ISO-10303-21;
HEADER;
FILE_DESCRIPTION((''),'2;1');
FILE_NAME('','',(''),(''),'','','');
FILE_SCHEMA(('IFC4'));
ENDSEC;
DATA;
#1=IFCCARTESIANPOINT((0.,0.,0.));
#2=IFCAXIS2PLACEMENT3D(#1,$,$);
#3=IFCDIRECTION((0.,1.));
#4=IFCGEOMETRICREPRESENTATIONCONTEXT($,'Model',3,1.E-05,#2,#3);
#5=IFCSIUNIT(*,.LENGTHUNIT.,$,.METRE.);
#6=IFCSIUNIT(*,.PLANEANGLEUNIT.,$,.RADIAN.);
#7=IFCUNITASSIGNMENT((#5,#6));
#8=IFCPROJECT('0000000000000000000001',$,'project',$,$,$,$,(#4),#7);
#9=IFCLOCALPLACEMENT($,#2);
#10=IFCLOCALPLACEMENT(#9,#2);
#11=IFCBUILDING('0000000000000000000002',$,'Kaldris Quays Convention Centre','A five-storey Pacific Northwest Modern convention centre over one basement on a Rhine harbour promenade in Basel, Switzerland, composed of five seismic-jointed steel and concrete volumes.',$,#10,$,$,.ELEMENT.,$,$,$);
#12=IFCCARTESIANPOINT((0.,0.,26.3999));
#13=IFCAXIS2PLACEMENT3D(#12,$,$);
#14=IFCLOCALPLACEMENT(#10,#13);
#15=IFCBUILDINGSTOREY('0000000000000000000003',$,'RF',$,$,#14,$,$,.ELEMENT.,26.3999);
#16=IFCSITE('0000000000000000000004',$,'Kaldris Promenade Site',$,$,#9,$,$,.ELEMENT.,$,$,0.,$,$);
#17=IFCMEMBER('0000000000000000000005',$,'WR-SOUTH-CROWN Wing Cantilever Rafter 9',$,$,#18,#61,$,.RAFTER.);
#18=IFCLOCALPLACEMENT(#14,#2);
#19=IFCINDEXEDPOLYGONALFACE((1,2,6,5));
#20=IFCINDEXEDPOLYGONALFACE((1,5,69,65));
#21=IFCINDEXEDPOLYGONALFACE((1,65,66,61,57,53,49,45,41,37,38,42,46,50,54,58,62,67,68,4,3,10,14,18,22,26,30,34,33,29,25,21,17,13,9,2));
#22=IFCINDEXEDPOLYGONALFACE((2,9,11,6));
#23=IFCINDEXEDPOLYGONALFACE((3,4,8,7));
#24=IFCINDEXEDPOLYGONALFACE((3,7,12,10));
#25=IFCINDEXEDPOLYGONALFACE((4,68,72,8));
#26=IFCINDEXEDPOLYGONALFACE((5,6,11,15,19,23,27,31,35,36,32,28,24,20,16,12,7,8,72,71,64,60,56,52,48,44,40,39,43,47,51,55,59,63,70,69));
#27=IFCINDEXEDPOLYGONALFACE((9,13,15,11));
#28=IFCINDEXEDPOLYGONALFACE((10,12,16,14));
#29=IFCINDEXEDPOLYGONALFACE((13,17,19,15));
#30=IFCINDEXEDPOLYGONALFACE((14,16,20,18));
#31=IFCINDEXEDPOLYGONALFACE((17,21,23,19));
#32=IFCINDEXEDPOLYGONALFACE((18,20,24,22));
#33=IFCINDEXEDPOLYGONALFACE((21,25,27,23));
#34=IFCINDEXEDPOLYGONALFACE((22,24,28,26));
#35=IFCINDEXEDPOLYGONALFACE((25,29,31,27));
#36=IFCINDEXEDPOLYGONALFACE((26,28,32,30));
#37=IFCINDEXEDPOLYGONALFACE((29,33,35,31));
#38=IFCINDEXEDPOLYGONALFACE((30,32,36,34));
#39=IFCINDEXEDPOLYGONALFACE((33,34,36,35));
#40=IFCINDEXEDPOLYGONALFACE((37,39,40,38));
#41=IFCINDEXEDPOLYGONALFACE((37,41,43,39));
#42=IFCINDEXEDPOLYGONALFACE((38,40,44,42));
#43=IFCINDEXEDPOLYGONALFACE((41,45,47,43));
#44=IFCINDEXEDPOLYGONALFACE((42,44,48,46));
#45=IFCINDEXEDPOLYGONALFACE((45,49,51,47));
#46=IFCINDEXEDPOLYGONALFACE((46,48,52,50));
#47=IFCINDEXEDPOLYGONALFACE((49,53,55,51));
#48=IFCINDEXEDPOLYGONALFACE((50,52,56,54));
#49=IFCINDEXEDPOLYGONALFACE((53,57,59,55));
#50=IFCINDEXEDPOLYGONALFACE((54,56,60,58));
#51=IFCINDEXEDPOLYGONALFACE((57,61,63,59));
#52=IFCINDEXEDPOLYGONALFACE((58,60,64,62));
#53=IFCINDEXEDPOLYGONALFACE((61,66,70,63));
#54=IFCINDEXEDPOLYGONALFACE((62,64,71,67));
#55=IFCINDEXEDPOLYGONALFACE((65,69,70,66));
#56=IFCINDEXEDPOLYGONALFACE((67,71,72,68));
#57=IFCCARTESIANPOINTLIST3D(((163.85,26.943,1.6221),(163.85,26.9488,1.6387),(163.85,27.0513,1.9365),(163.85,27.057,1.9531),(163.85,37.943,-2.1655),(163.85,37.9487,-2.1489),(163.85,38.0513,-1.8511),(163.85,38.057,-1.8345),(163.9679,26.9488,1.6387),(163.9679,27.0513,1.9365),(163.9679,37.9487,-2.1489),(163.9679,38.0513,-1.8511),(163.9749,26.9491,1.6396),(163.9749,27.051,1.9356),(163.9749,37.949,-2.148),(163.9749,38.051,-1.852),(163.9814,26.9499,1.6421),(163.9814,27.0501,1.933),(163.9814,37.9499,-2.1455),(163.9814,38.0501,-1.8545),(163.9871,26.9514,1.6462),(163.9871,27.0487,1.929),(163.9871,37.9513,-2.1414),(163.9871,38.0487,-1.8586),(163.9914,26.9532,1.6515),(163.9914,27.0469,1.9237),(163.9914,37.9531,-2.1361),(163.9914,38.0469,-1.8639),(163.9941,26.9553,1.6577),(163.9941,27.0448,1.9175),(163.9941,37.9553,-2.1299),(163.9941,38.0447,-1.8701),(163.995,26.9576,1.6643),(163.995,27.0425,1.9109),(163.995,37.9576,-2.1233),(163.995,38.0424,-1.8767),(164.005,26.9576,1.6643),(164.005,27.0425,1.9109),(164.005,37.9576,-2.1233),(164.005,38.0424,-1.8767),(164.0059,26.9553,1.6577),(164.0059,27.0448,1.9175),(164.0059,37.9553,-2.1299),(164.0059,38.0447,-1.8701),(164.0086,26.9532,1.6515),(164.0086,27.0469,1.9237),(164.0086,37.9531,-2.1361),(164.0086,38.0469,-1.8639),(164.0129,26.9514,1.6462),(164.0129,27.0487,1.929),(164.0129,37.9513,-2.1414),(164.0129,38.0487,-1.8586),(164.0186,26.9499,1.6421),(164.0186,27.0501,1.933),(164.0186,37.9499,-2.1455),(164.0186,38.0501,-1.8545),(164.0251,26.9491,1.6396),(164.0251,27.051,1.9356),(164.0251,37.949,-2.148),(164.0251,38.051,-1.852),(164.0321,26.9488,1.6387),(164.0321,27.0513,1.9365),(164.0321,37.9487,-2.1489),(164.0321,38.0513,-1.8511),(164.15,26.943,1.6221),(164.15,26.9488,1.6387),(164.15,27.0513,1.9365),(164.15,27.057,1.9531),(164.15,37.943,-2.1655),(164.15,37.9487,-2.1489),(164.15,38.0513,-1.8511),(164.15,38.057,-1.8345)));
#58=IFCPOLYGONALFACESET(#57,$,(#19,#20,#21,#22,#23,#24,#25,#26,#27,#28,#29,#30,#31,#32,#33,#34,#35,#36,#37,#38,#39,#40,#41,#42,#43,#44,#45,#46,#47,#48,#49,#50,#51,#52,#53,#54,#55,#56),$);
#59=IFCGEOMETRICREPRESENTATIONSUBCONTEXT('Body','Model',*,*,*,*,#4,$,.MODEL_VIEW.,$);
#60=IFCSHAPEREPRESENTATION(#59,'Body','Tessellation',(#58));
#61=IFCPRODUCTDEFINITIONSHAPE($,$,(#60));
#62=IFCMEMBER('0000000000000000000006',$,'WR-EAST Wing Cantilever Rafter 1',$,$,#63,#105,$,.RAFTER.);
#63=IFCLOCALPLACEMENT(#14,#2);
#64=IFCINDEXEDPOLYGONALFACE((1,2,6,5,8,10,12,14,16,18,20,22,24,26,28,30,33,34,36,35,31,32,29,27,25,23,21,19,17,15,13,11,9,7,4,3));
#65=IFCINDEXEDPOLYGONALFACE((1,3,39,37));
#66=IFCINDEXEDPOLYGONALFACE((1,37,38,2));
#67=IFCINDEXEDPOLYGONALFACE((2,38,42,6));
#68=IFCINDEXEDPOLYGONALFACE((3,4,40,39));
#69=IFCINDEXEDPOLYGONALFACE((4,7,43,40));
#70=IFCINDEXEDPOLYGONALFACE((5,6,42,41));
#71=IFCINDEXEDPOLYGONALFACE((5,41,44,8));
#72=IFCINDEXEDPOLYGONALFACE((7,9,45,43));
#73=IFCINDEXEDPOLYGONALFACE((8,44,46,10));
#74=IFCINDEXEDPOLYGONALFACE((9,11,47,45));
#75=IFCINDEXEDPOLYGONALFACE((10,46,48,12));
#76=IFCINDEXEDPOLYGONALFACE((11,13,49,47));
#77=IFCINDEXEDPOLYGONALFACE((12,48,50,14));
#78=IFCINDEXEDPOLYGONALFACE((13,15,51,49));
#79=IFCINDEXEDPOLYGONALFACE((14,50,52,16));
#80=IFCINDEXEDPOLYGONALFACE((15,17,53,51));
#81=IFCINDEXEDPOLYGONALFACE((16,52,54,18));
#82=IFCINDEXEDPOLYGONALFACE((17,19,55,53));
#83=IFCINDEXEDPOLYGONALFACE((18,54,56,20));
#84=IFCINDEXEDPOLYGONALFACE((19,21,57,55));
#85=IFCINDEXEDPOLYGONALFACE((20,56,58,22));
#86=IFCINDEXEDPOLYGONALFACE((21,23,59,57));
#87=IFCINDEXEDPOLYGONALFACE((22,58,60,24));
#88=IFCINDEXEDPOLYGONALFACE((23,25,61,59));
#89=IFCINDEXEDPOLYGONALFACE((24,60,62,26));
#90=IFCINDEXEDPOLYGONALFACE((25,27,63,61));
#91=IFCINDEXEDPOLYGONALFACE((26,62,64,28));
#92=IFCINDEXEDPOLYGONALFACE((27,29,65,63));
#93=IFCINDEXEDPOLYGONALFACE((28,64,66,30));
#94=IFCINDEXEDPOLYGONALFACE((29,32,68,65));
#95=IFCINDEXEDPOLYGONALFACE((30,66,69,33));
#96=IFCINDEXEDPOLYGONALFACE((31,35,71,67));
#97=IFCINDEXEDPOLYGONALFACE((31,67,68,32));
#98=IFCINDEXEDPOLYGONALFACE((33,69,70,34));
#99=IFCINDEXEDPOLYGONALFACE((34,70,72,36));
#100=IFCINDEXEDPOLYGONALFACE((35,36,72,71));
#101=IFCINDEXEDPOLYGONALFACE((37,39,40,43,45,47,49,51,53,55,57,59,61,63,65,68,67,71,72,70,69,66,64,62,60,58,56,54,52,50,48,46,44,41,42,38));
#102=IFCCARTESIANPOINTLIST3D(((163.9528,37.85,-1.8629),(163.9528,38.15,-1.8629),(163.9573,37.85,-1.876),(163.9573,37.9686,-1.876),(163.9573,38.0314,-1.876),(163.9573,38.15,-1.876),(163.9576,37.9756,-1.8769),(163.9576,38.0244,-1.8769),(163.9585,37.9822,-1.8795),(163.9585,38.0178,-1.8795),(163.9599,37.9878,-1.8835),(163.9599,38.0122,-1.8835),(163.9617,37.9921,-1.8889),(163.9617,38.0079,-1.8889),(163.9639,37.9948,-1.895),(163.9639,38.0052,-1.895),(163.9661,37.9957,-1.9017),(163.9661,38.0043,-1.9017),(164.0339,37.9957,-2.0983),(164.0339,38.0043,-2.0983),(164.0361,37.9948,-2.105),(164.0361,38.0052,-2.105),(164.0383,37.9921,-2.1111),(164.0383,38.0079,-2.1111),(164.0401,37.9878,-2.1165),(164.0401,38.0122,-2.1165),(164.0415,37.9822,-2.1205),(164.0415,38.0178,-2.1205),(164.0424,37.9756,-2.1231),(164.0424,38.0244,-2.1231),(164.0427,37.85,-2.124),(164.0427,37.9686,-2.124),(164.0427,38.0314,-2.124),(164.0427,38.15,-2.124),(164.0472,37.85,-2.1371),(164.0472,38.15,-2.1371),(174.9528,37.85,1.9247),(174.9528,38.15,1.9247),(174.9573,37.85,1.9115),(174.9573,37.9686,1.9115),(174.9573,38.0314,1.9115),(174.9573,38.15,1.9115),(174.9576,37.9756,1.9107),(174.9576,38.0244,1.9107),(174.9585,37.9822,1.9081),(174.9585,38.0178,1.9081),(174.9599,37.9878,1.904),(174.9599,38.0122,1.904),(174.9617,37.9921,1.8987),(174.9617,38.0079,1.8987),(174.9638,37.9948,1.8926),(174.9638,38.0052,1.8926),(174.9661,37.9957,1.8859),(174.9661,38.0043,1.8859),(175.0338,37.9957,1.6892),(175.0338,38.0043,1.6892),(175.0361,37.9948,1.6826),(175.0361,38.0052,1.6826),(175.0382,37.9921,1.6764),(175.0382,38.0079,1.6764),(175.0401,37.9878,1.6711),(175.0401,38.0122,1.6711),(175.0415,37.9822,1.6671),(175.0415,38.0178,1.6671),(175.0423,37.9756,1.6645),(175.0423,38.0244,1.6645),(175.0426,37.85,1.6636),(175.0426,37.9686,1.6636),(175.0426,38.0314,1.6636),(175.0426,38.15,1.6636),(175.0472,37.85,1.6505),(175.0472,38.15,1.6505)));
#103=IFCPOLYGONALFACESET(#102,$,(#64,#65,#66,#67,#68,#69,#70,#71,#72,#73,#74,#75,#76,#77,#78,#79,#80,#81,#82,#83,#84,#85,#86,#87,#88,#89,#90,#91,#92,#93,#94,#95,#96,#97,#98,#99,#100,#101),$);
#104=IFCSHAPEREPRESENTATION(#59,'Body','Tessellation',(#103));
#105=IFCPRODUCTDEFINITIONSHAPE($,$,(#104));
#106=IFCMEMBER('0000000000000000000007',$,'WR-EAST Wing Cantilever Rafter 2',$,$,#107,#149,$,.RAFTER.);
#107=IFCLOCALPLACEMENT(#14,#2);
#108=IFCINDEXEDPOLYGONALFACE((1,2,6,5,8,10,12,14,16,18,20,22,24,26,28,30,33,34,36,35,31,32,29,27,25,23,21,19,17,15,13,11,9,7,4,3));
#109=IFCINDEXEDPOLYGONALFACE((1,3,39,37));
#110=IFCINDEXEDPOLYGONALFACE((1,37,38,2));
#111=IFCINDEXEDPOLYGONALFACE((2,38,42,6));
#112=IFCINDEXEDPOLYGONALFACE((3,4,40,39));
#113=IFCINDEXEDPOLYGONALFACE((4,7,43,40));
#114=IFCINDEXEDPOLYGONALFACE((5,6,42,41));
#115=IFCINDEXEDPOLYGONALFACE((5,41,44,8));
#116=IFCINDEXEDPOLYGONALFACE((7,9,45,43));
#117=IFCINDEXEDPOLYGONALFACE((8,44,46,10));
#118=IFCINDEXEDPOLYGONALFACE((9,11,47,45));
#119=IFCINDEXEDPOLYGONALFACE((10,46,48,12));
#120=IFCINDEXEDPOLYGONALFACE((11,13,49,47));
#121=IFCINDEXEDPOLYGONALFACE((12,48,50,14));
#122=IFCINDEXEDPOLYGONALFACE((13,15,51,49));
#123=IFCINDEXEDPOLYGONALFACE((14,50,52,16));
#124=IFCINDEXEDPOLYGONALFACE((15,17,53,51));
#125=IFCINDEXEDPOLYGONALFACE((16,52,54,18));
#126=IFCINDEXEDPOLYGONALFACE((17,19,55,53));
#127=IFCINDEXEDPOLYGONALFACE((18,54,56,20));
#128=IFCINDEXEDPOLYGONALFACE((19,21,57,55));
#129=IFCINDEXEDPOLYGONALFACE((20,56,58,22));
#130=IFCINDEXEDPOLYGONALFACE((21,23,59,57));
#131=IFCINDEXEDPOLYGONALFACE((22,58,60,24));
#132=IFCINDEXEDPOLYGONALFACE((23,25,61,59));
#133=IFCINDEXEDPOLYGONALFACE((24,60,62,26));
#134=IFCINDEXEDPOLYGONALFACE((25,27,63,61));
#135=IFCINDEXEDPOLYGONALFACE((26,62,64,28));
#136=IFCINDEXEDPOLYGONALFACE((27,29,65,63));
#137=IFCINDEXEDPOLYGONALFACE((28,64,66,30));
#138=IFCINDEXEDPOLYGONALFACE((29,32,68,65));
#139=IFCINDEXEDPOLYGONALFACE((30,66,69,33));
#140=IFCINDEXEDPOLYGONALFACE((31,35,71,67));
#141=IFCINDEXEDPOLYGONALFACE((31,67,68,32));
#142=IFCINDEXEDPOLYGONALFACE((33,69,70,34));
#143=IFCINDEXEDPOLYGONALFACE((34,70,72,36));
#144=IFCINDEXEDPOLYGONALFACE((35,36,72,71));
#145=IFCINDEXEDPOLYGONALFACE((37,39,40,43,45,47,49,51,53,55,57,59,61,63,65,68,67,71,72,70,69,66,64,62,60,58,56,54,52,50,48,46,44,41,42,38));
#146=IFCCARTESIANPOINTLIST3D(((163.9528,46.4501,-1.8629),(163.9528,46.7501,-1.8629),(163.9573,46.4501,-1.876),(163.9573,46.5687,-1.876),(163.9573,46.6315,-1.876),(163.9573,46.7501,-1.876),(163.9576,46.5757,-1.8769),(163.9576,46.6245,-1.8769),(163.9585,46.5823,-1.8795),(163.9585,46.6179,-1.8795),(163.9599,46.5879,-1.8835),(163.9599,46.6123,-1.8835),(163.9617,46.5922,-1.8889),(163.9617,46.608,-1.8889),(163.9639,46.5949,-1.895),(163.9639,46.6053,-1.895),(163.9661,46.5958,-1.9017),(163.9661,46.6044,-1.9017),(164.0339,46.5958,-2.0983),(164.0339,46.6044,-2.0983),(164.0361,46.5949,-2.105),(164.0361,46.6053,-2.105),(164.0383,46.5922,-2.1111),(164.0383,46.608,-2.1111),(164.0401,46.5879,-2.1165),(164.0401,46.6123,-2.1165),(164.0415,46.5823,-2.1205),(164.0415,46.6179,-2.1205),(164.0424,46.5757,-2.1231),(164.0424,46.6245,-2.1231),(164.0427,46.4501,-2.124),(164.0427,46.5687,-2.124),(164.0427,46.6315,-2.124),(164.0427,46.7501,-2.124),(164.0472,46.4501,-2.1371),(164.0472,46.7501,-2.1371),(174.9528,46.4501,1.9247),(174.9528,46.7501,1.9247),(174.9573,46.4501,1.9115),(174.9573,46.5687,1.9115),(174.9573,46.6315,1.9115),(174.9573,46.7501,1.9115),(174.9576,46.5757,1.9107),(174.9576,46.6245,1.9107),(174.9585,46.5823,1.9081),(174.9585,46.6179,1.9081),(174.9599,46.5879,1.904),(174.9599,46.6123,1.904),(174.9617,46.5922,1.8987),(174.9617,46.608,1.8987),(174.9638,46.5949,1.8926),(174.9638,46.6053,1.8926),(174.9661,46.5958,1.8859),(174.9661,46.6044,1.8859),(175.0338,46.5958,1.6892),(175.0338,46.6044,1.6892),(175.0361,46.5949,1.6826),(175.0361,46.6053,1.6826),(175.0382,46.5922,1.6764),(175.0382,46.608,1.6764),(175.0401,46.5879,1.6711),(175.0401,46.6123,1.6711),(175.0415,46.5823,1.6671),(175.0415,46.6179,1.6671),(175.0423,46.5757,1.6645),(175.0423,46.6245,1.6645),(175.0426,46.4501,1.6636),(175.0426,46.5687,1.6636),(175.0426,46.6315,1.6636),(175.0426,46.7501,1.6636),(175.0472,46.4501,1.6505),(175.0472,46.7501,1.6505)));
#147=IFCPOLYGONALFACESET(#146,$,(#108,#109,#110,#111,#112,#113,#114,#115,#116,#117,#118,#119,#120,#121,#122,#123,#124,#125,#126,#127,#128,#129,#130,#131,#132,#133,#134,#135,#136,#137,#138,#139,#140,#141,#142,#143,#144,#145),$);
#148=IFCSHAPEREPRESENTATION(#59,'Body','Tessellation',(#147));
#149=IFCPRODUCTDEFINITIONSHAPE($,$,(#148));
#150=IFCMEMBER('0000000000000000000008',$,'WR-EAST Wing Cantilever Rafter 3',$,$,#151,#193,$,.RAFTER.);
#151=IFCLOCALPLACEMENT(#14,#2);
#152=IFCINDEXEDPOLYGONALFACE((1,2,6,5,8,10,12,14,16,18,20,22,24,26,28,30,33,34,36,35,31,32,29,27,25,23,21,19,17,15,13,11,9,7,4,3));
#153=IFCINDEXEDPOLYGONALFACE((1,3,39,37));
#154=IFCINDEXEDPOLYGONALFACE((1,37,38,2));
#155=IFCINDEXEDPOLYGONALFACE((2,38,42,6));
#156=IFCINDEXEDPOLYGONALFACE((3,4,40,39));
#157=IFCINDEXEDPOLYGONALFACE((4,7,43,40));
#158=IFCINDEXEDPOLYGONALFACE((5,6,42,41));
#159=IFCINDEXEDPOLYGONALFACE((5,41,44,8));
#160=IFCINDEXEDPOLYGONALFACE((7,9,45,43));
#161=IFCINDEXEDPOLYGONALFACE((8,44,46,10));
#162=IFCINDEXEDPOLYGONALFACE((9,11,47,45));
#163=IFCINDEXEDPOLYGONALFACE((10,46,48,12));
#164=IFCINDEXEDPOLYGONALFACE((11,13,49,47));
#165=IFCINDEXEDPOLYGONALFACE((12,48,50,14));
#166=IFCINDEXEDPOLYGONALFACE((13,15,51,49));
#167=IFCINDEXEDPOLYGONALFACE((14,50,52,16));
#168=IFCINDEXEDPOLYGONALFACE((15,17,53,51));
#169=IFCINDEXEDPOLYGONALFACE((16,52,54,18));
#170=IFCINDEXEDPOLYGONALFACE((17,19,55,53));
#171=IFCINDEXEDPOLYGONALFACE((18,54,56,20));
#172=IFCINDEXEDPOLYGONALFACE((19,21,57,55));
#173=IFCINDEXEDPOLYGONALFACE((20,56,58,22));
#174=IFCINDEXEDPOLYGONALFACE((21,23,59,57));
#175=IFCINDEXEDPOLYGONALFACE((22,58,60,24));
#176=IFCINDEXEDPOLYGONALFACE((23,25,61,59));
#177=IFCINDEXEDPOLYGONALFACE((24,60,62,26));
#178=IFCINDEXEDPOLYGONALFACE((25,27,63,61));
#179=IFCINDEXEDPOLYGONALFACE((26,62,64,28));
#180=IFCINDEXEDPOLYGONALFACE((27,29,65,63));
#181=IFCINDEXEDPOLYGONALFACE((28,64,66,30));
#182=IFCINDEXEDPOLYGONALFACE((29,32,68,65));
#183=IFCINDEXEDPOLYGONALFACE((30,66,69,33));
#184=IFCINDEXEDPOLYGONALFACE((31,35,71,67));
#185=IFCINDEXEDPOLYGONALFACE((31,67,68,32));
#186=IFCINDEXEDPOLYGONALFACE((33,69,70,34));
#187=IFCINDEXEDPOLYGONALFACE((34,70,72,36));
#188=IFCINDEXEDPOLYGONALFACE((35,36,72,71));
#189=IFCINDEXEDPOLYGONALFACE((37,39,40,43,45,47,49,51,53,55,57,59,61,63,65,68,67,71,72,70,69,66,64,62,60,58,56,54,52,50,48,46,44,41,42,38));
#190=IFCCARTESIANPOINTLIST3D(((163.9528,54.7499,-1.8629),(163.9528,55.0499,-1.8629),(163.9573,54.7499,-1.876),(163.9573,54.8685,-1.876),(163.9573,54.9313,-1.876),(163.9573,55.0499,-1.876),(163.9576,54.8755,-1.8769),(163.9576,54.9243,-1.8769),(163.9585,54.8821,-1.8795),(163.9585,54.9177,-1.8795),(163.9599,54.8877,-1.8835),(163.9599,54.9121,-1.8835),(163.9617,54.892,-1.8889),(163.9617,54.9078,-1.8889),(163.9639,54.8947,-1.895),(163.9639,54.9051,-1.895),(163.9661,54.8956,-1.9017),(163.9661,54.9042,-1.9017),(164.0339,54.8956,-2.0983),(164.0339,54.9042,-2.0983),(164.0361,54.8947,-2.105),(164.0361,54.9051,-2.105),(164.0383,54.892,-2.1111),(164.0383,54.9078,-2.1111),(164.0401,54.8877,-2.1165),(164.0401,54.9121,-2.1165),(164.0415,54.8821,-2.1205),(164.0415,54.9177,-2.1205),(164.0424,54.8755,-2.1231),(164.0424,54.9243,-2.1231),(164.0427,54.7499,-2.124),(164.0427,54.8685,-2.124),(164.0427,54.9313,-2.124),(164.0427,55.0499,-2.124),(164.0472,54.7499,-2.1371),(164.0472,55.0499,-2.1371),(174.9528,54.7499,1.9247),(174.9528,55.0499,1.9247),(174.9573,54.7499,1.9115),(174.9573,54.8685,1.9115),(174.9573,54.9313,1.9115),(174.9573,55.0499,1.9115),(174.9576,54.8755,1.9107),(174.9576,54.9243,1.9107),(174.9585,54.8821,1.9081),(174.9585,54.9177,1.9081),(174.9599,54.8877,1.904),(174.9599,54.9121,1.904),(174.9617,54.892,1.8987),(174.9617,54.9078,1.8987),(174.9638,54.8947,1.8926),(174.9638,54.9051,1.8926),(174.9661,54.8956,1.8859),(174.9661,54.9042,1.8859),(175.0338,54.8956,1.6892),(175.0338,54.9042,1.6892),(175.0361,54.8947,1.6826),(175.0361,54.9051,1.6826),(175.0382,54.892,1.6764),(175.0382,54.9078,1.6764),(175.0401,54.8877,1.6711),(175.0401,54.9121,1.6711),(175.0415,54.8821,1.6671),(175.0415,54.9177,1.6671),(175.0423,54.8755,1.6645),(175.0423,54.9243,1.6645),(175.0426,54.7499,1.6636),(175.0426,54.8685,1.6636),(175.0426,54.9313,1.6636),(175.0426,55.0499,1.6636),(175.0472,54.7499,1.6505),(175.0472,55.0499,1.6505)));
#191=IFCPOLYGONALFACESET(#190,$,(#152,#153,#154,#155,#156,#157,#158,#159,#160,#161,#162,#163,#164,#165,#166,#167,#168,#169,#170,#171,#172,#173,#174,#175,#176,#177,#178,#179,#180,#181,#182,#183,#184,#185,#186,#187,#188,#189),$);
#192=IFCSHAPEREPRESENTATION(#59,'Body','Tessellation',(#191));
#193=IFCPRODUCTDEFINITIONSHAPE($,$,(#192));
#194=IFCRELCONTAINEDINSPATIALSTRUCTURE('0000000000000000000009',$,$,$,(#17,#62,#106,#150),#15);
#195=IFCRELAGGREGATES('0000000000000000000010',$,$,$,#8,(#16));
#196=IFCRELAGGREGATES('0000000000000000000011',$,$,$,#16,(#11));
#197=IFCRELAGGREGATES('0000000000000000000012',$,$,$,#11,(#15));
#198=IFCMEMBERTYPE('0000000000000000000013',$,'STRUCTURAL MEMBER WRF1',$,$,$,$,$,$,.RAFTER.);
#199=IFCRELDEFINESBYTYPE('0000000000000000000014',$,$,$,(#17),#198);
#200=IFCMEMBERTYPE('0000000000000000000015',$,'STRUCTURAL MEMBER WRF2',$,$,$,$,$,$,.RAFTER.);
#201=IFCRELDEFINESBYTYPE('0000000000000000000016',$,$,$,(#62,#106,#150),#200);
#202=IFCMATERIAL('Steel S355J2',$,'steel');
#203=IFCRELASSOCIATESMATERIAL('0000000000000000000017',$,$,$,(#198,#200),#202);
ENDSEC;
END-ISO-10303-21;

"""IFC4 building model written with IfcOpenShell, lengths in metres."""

from ifc_helpers import new_model, si_unit, direction, frame, origin, origin_2d, place, context, subcontext, project, spatial, i_section, extrude, material, material_profile, profile_set, type_object, element, save


model = new_model("IFC4")

# Units and contexts
model_context = context("Model", 3, precision=1e-05, world=origin(), true_north=direction((0.0, 1.0)))
body_context = subcontext(model_context, "Body", "Model", "MODEL_VIEW")
ifc_project = project(units=[si_unit("LENGTHUNIT", "METRE"), si_unit("PLANEANGLEUNIT", "RADIAN")], contexts=[model_context])

# Site, building, storey
site_placement = place(None, origin())
site = spatial("IfcSite", under=ifc_project, at=site_placement, Name="Kaldris Promenade Site", CompositionType="ELEMENT", RefElevation=0.0)
building_placement = place(site_placement, origin())
building = spatial("IfcBuilding", under=site, at=building_placement, Name="Kaldris Quays Convention Centre", Description="A five-storey Pacific Northwest Modern convention centre over one basement on a Rhine harbour promenade in Basel, Switzerland, composed of five seismic-jointed steel and concrete volumes.", CompositionType="ELEMENT")
storey_placement = place(building_placement, frame((0.0, 0.0, 26.3999)))
storey = spatial("IfcBuildingStorey", under=building, at=storey_placement, Name="RF", CompositionType="ELEMENT", Elevation=26.3999)

# Members
ifc_material_1 = material(Name="Steel S355J2", Category="steel")
ifc_material_profile_1 = material_profile(ifc_material_1, i_section(OverallWidth=0.3, OverallDepth=0.3501, WebThickness=0.01, FlangeThickness=0.0176, FilletRadius=0.0271, at=origin_2d()), Name="HEA 360")
ifc_profile_set_1 = profile_set([ifc_material_profile_1], Name="Steel S355J2")
member_type_1 = type_object("IfcMemberType", Name="STRUCTURAL MEMBER WRF1", PredefinedType="RAFTER", material=ifc_profile_set_1)
member_1_placement = place(storey_placement, frame((164.0, 38.0, -2.0), z_axis=(0.0, -0.945519, 0.325568), x_axis=(1.0, 0.0, 0.0)))
element("IfcMember", 1, at=member_1_placement, inside=storey, type_object=member_type_1, Name="WR-SOUTH-CROWN Wing Cantilever Rafter 9", PredefinedType="RAFTER", context=body_context, shape_type="SweptSolid", body=[
    extrude(i_section(OverallWidth=0.3, OverallDepth=0.3501, WebThickness=0.01, FlangeThickness=0.0176, FilletRadius=0.0271, at=origin_2d()), origin(), (0.0, 0.0, 1.0), 11.6338),
])
ifc_material_profile_2 = material_profile(ifc_material_1, i_section(OverallWidth=0.3, OverallDepth=0.29, WebThickness=0.0085, FlangeThickness=0.0139, FilletRadius=0.0271, at=origin_2d()), Name="HEA 300")
ifc_profile_set_2 = profile_set([ifc_material_profile_2], Name="Steel S355J2")
member_type_2 = type_object("IfcMemberType", Name="STRUCTURAL MEMBER WRF2", PredefinedType="RAFTER", material=ifc_profile_set_2)
for number, where, z_axis, x_axis, name in (
    (2, (164.0, 38.0, -2.0), (0.945519, 0.0, 0.325568), (0.0, 1.0, 0.0), "WR-EAST Wing Cantilever Rafter 1"),
    (3, (164.0, 46.6001, -2.0), (0.945519, 0.0, 0.325568), (0.0, 1.0, 0.0), "WR-EAST Wing Cantilever Rafter 2"),
    (4, (164.0, 54.8999, -2.0), (0.945519, 0.0, 0.325568), (0.0, 1.0, 0.0), "WR-EAST Wing Cantilever Rafter 3"),
):
    element("IfcMember", number, at=place(storey_placement, frame(where, z_axis=z_axis, x_axis=x_axis)), inside=storey, type_object=member_type_2, Name=name, PredefinedType="RAFTER", context=body_context, shape_type="SweptSolid", body=[
        extrude(i_section(OverallWidth=0.3, OverallDepth=0.29, WebThickness=0.0085, FlangeThickness=0.0139, FilletRadius=0.0271, at=origin_2d()), origin(), (0.0, 0.0, 1.0), 11.6338),
    ])

save(model, "model.ifc")
